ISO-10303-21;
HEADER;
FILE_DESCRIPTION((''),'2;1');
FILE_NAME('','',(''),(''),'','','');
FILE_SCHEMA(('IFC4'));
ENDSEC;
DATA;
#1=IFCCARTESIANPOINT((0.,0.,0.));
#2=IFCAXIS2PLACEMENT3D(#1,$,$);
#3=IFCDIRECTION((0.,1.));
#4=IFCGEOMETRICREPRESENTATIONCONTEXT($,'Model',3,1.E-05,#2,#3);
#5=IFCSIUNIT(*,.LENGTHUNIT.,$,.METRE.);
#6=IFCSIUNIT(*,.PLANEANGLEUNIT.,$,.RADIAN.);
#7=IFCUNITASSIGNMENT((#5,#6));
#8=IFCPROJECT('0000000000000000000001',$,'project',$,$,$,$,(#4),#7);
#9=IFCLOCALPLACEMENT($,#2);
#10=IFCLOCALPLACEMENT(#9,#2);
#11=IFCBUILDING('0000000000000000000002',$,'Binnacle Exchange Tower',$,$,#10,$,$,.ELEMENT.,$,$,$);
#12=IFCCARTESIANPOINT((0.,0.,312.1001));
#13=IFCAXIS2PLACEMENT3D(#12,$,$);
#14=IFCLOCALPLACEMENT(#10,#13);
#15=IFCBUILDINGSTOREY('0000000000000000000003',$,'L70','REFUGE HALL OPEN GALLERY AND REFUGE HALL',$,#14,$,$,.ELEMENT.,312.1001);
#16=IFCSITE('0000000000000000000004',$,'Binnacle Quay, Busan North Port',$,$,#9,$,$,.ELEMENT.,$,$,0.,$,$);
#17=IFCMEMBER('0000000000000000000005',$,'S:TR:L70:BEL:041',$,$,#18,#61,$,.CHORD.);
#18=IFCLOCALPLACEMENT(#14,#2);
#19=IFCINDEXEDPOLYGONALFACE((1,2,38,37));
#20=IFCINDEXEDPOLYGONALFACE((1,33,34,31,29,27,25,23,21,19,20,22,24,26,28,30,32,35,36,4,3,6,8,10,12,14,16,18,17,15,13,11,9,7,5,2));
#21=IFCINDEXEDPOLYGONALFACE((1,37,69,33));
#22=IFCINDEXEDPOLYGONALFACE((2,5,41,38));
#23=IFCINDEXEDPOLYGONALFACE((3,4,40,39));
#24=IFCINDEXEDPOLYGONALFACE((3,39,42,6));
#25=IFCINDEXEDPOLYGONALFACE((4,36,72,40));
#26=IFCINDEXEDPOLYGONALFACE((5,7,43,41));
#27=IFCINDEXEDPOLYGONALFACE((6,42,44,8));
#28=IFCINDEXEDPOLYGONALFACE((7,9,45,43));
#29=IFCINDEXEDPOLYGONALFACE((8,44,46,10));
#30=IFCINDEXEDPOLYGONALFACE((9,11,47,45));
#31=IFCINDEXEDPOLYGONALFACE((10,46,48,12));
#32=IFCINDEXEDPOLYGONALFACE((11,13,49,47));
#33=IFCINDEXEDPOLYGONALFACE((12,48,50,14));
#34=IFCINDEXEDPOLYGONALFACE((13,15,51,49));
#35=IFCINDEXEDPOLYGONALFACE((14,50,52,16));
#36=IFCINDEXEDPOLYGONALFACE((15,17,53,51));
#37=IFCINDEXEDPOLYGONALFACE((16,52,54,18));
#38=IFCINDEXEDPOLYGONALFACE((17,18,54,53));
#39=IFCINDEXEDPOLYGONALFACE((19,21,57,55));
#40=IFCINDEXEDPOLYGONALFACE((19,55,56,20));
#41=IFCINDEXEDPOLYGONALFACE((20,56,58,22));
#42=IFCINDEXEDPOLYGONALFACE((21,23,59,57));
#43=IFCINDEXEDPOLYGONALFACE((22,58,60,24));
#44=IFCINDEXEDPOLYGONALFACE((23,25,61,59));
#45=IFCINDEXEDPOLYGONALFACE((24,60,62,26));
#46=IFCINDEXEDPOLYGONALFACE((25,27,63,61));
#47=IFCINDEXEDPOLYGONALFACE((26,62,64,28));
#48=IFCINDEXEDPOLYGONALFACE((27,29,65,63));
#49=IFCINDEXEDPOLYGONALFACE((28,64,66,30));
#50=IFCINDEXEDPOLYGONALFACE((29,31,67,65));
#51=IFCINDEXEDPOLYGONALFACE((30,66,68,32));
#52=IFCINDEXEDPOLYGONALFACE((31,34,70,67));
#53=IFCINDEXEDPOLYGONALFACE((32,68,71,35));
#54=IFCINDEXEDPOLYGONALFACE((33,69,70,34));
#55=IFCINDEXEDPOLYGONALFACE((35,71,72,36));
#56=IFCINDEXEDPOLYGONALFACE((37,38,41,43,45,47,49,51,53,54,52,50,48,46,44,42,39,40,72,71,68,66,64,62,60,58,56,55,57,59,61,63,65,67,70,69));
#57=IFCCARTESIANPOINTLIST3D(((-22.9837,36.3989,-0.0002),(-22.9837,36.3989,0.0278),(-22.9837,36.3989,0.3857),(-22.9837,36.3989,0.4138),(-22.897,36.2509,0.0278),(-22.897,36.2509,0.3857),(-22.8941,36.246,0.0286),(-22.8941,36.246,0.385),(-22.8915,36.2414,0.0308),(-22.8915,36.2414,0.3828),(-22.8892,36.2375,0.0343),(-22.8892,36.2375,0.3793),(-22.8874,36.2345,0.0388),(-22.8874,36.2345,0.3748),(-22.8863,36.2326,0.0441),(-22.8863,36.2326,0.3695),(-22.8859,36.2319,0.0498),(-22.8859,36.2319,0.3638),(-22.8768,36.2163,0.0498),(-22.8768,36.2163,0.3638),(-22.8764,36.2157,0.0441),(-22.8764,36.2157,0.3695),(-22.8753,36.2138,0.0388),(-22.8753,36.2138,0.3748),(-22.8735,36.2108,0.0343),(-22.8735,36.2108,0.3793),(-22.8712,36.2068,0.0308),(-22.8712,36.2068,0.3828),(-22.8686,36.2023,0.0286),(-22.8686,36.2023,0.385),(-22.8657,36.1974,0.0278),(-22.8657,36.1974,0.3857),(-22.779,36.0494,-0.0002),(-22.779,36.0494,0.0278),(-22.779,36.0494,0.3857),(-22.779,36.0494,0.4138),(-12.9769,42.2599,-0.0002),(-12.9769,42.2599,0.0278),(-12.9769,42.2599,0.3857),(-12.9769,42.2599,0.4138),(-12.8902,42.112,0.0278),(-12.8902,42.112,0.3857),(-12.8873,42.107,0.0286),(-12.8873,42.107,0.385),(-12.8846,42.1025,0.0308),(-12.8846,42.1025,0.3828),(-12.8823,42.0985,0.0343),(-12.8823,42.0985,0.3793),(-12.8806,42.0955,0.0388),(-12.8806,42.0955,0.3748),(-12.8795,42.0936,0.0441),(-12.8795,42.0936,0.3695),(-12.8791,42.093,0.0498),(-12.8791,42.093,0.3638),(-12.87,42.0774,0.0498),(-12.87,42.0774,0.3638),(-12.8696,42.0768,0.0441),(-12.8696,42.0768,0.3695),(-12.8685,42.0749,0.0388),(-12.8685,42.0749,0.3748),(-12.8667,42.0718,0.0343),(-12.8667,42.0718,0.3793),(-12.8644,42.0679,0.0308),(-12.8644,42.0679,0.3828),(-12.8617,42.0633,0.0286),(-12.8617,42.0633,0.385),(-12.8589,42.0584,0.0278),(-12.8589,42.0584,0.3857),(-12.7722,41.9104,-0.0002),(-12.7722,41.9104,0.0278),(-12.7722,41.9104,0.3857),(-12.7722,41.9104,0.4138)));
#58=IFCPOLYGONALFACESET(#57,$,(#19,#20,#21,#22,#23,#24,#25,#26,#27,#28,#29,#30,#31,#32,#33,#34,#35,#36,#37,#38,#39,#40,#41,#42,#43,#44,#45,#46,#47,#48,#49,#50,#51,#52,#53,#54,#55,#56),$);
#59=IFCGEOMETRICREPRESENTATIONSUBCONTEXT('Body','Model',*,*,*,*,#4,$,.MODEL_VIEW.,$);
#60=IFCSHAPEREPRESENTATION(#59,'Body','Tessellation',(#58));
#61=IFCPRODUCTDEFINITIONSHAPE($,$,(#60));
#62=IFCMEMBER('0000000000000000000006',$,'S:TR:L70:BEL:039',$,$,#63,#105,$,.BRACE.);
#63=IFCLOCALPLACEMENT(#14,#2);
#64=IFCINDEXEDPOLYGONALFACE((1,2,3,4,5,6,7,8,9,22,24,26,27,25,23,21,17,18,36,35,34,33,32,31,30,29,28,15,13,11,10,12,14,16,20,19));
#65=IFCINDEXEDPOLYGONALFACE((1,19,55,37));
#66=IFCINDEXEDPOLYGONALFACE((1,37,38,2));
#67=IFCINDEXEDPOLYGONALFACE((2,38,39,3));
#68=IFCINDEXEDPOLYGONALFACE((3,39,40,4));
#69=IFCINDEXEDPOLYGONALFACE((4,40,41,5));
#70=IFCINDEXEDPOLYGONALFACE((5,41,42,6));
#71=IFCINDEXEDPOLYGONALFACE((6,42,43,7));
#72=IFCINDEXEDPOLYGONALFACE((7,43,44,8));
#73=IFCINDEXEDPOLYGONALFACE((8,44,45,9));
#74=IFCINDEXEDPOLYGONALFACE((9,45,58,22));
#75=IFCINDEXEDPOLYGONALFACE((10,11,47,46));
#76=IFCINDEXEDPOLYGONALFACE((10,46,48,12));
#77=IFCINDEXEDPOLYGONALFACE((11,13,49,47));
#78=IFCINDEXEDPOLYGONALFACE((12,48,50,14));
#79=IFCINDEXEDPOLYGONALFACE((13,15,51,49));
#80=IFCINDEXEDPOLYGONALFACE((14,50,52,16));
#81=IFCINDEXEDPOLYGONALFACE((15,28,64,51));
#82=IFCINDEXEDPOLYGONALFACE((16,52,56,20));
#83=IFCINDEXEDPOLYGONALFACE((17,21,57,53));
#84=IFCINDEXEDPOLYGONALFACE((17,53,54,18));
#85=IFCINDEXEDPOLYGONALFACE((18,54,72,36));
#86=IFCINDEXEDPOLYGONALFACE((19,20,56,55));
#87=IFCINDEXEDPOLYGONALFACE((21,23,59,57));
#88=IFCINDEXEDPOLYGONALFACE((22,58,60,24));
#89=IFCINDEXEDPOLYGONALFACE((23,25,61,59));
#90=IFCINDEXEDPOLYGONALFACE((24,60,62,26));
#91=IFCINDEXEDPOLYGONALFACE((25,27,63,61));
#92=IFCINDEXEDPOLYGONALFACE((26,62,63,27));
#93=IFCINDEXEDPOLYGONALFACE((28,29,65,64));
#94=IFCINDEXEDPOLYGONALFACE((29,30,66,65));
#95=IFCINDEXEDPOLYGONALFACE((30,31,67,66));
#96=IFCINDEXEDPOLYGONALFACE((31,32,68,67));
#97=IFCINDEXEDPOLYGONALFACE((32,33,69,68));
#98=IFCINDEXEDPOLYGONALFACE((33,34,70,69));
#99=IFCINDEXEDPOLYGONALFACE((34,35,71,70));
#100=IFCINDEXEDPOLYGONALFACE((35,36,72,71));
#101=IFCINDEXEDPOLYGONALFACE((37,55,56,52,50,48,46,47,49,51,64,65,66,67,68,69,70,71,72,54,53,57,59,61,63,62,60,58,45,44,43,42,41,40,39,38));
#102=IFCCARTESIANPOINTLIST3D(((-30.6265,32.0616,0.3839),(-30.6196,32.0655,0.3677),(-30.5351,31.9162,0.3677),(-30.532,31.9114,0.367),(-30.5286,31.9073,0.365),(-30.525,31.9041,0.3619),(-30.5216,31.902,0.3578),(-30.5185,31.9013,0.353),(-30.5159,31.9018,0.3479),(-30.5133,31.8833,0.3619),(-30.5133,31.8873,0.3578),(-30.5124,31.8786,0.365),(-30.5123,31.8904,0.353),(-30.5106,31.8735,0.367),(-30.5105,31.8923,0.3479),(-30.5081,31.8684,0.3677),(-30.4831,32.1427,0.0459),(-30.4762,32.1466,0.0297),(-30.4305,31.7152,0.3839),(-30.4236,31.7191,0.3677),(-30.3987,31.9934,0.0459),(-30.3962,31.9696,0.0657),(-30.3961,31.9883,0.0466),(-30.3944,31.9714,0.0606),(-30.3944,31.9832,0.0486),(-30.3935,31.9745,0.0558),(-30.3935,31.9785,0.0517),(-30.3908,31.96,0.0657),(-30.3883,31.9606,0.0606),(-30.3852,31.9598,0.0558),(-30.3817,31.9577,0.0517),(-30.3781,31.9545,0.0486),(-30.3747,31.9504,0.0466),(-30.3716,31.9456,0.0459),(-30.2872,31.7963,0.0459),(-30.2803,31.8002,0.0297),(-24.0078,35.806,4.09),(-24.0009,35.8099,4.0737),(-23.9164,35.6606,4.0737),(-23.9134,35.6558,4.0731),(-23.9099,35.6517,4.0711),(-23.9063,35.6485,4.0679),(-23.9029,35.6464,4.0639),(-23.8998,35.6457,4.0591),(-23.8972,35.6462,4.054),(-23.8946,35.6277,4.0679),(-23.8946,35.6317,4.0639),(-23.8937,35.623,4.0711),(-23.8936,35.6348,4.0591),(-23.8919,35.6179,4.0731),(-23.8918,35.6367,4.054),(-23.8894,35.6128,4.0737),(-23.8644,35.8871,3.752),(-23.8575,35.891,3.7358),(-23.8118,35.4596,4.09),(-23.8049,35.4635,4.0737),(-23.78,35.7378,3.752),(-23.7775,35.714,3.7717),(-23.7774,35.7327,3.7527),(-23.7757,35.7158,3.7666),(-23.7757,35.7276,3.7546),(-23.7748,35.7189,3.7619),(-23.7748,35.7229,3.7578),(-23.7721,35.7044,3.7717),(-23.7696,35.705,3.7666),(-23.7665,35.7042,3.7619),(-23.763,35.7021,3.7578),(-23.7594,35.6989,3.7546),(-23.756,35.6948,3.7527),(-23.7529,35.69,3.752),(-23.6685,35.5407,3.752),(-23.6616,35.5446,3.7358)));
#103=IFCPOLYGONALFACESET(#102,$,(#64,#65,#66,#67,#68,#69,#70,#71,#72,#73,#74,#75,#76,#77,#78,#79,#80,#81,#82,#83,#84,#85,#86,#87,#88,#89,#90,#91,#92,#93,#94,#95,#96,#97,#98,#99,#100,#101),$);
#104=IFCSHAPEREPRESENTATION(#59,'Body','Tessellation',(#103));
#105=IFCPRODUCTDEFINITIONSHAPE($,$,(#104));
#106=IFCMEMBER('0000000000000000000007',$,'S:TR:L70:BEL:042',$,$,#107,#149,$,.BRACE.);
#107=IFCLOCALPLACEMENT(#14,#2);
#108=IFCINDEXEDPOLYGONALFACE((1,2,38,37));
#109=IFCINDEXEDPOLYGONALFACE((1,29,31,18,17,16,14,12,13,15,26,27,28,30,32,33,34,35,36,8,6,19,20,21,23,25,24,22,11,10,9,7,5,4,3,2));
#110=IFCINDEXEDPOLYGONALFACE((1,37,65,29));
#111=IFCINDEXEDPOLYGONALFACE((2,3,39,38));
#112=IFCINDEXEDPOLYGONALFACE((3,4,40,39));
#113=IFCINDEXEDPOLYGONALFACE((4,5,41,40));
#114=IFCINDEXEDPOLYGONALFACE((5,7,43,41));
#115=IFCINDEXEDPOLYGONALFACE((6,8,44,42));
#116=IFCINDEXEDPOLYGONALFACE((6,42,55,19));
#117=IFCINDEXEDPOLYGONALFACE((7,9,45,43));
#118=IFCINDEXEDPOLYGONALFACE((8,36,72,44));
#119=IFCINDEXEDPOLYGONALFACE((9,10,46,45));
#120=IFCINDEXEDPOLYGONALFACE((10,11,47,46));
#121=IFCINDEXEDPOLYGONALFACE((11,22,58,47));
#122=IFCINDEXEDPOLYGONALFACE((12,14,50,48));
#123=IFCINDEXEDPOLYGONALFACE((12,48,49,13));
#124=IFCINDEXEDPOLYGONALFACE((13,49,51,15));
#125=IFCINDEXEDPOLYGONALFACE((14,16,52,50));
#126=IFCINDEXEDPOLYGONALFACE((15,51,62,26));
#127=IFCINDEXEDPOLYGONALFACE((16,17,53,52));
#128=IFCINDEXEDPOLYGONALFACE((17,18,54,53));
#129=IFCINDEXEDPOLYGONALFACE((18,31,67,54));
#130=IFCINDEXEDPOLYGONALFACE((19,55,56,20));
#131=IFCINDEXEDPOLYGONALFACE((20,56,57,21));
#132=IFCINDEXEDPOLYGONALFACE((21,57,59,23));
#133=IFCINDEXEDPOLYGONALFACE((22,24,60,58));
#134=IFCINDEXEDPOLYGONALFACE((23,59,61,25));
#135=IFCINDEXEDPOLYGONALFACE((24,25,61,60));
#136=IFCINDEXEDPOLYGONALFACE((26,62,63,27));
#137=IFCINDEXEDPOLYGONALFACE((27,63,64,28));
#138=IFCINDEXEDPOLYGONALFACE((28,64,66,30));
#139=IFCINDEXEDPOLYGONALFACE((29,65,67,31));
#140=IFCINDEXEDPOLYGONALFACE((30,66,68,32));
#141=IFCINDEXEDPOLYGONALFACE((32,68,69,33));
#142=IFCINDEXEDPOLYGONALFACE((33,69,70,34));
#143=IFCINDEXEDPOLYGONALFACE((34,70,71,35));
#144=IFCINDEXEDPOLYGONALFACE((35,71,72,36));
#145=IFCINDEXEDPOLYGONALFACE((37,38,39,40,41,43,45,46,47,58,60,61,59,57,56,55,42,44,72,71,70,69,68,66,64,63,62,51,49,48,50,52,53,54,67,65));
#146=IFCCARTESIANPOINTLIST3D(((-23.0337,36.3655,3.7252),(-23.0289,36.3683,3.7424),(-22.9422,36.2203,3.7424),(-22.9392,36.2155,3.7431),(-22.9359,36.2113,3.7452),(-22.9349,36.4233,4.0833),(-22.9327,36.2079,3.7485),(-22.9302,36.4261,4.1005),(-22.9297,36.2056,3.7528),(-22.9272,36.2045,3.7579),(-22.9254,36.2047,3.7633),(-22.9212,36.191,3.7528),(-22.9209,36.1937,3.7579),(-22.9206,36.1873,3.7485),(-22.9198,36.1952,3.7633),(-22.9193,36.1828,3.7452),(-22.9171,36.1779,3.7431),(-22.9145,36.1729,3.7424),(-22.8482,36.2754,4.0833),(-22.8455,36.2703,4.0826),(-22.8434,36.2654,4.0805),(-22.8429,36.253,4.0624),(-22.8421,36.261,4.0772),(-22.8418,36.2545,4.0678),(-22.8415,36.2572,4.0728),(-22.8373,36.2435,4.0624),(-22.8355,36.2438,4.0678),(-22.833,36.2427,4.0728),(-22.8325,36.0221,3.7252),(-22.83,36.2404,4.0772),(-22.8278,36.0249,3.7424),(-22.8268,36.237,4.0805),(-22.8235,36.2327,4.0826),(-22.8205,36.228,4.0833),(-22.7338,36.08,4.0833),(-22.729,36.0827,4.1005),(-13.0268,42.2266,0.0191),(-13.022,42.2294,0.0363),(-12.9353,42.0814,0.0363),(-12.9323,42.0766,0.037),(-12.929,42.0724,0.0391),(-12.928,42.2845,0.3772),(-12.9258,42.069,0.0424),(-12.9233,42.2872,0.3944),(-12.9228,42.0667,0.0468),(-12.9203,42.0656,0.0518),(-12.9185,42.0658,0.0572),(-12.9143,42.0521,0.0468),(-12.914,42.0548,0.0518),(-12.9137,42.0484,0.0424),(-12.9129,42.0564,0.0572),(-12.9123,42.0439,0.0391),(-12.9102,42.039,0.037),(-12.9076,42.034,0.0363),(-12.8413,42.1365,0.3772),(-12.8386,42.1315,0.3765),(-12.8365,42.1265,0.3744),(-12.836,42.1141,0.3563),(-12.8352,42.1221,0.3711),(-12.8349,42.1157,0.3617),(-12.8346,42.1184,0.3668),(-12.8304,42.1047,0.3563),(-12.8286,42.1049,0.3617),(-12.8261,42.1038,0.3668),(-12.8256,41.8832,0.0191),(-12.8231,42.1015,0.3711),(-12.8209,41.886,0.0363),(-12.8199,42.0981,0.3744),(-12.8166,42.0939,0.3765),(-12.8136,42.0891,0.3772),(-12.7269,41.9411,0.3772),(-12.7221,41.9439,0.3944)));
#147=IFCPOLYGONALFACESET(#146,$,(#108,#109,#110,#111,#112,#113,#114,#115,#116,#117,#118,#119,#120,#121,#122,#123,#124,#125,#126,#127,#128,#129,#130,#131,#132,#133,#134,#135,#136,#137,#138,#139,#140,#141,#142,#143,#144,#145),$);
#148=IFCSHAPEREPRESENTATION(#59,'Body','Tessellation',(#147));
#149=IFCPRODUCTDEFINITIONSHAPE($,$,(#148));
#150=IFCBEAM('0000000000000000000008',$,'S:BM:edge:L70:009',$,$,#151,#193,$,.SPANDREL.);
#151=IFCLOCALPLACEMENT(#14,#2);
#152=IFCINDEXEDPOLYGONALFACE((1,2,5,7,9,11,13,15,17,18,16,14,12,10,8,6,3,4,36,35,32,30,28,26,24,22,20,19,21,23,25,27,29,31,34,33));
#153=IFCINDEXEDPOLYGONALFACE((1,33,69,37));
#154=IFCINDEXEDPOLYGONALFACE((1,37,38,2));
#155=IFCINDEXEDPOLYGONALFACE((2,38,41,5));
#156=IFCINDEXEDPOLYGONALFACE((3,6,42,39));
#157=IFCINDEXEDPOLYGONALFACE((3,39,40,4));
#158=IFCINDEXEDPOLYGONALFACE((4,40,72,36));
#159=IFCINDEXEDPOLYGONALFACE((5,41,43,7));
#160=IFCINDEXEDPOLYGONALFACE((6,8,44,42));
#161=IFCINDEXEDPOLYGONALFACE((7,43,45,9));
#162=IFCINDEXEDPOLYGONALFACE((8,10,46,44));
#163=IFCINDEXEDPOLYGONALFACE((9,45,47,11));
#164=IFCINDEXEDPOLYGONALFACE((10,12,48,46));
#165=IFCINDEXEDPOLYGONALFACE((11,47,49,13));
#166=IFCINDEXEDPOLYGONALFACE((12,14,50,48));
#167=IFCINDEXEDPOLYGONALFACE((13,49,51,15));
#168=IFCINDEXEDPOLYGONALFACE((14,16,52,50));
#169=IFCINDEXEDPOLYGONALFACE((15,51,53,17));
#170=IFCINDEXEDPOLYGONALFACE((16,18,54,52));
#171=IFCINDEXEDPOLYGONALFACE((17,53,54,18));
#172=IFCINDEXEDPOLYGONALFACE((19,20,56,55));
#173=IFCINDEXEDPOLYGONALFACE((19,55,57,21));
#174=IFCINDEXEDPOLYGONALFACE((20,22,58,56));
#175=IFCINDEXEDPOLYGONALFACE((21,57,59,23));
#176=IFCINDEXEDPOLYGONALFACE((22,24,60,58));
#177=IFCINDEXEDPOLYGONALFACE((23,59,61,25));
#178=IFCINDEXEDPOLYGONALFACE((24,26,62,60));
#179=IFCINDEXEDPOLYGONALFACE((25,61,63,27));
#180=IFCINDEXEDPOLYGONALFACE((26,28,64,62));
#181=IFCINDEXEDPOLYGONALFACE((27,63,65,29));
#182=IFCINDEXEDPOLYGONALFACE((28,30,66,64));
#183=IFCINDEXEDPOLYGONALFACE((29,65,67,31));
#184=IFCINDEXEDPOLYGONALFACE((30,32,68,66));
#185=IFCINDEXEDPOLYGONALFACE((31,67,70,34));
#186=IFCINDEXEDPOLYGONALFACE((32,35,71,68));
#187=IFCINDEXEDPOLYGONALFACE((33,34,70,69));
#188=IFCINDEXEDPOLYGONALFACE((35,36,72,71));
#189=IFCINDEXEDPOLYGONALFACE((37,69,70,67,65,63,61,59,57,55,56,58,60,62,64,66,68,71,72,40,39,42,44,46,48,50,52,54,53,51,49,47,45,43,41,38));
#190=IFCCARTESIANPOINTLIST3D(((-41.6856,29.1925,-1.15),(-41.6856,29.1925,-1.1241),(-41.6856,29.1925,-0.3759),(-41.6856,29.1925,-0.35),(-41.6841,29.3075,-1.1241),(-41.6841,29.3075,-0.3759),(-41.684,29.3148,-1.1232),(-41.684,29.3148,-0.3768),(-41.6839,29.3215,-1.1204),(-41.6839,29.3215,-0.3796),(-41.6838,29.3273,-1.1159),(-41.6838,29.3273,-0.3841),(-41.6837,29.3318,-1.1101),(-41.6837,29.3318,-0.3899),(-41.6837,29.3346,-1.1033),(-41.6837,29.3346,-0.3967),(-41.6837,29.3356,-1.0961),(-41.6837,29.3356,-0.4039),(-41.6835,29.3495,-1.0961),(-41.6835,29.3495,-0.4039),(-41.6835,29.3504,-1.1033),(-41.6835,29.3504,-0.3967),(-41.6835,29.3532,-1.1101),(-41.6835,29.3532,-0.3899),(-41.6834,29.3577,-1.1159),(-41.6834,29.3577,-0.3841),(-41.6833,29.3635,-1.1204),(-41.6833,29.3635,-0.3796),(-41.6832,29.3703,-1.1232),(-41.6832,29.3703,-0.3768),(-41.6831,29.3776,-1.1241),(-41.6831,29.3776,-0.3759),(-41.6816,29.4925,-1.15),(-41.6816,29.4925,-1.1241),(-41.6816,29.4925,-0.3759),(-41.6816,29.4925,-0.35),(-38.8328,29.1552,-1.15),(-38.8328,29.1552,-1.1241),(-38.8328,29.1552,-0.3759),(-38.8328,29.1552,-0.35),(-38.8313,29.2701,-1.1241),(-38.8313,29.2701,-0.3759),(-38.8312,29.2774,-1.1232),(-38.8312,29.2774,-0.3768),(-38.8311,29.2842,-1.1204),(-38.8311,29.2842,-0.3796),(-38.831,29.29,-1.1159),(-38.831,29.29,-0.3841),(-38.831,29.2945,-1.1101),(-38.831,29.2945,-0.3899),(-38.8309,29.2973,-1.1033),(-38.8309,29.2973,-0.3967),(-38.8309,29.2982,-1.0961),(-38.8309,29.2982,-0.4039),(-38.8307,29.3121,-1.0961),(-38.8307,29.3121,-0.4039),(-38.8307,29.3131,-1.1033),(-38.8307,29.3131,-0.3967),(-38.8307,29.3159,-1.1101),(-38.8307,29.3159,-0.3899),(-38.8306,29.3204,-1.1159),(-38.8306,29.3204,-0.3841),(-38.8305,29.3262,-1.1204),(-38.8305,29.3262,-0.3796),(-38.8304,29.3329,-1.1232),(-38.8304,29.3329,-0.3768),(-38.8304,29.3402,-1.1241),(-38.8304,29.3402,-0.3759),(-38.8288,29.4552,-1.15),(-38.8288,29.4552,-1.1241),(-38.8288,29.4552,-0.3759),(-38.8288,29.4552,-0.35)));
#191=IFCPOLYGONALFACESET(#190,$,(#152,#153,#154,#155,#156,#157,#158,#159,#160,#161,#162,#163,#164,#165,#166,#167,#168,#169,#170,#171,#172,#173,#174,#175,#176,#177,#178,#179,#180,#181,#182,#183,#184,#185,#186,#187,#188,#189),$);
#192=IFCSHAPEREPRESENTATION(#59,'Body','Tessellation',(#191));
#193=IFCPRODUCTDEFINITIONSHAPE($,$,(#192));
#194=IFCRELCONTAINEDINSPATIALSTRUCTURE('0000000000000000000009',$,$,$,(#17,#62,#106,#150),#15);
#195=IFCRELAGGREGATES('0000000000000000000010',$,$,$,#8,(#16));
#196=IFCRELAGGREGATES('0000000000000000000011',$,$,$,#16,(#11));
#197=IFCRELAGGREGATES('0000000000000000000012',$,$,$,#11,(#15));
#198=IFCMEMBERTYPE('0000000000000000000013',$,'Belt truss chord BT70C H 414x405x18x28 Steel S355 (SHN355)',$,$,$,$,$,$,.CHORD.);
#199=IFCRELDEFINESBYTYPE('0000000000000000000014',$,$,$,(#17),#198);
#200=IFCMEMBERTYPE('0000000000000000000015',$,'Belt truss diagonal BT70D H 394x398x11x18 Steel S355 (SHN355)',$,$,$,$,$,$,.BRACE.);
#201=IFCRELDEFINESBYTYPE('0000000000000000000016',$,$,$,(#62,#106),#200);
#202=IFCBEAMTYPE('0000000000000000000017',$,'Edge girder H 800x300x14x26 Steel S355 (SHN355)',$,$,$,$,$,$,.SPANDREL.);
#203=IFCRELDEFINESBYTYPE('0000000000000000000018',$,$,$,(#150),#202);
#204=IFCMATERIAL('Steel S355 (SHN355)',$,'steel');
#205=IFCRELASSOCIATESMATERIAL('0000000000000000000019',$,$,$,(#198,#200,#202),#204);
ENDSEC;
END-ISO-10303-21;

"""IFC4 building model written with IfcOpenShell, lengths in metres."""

from ifc_helpers import new_model, si_unit, direction, frame, origin, origin_2d, place, context, subcontext, project, spatial, i_section, extrude, material, material_profile, profile_set, type_object, element, save


model = new_model("IFC4")

# Units and contexts
model_context = context("Model", 3, precision=1e-05, world=origin(), true_north=direction((0.0, 1.0)))
body_context = subcontext(model_context, "Body", "Model", "MODEL_VIEW")
ifc_project = project(units=[si_unit("LENGTHUNIT", "METRE"), si_unit("PLANEANGLEUNIT", "RADIAN")], contexts=[model_context])

# Site, building, storey
site_placement = place(None, origin())
site = spatial("IfcSite", under=ifc_project, at=site_placement, Name="Binnacle Quay, Busan North Port", CompositionType="ELEMENT", RefElevation=0.0)
building_placement = place(site_placement, origin())
building = spatial("IfcBuilding", under=site, at=building_placement, Name="Binnacle Exchange Tower", CompositionType="ELEMENT")
storey_placement = place(building_placement, frame((0.0, 0.0, 312.1001)))
storey = spatial("IfcBuildingStorey", under=building, at=storey_placement, Name="L70", Description="REFUGE HALL OPEN GALLERY AND REFUGE HALL", CompositionType="ELEMENT", Elevation=312.1001)

# Members
ifc_material_1 = material(Name="Steel S355 (SHN355)", Category="steel")
ifc_material_profile_1 = material_profile(ifc_material_1, i_section(OverallWidth=0.405, OverallDepth=0.4141, WebThickness=0.0181, FlangeThickness=0.0281, FilletRadius=0.022, at=origin_2d()), Name="H 414x405x18x28")
ifc_profile_set_1 = profile_set([ifc_material_profile_1], Name="Steel S355 (SHN355)")
member_type_1 = type_object("IfcMemberType", Name="Belt truss chord BT70C H 414x405x18x28 Steel S355 (SHN355)", PredefinedType="CHORD", material=ifc_profile_set_1)
for number, where, z_axis, x_axis, name in (
    (1, (-22.8813, 36.2241, 0.2068), (0.862886, 0.505399, 0.0), (-0.505399, 0.862886, 0.0), "S:TR:L70:BEL:041"),
):
    element("IfcMember", number, at=place(storey_placement, frame(where, z_axis=z_axis, x_axis=x_axis)), inside=storey, type_object=member_type_1, Name=name, PredefinedType="CHORD", context=body_context, shape_type="SweptSolid", body=[
        extrude(i_section(OverallWidth=0.405, OverallDepth=0.4141, WebThickness=0.0181, FlangeThickness=0.0281, FilletRadius=0.022, at=origin_2d()), origin(), (0.0, 0.0, 1.0), 11.5969),
    ])
ifc_material_profile_2 = material_profile(ifc_material_1, i_section(OverallWidth=0.3979, OverallDepth=0.394, WebThickness=0.011, FlangeThickness=0.0181, FilletRadius=0.022, at=origin_2d()), Name="H 394x398x11x18")
ifc_profile_set_2 = profile_set([ifc_material_profile_2], Name="Steel S355 (SHN355)")
member_type_2 = type_object("IfcMemberType", Name="Belt truss diagonal BT70D H 394x398x11x18 Steel S355 (SHN355)", PredefinedType="BRACE", material=ifc_profile_set_2)
member_1_placement = place(storey_placement, frame((-30.4534, 31.9309, 0.2068), z_axis=(0.7824, 0.442629, 0.438098), x_axis=(-0.492397, 0.870371, 0.0)))
element("IfcMember", 2, at=member_1_placement, inside=storey, type_object=member_type_2, Name="S:TR:L70:BEL:039", PredefinedType="BRACE", context=body_context, shape_type="SweptSolid", body=[
    extrude(i_section(OverallWidth=0.3979, OverallDepth=0.394, WebThickness=0.011, FlangeThickness=0.0181, FilletRadius=0.022, at=origin_2d()), origin(), (0.0, 0.0, 1.0), 8.4595),
])
member_2_placement = place(storey_placement, frame((-22.8813, 36.2241, 3.9128), z_axis=(0.821935, 0.481414, -0.304406), x_axis=(-0.505399, 0.862886, 0.0)))
element("IfcMember", 3, at=member_2_placement, inside=storey, type_object=member_type_2, Name="S:TR:L70:BEL:042", PredefinedType="BRACE", context=body_context, shape_type="SweptSolid", body=[
    extrude(i_section(OverallWidth=0.3979, OverallDepth=0.394, WebThickness=0.011, FlangeThickness=0.0181, FilletRadius=0.022, at=origin_2d()), origin(), (0.0, 0.0, 1.0), 12.1748),
])

# Beam
ifc_material_profile_3 = material_profile(ifc_material_1, i_section(OverallWidth=0.3, OverallDepth=0.8, WebThickness=0.0139, FlangeThickness=0.0259, FilletRadius=0.0281, at=origin_2d()), Name="H 800x300x14x26")
ifc_profile_set_3 = profile_set([ifc_material_profile_3], Name="Steel S355 (SHN355)")
beam_type_1 = type_object("IfcBeamType", Name="Edge girder H 800x300x14x26 Steel S355 (SHN355)", PredefinedType="SPANDREL", material=ifc_profile_set_3)
beam_1_placement = place(storey_placement, frame((-38.8308, 29.3052, -0.75), z_axis=(-0.999914, 0.013093, 0.0), x_axis=(-0.013093, -0.999914, 0.0)))
element("IfcBeam", 4, at=beam_1_placement, inside=storey, type_object=beam_type_1, Name="S:BM:edge:L70:009", PredefinedType="SPANDREL", context=body_context, shape_type="SweptSolid", body=[
    extrude(i_section(OverallWidth=0.3, OverallDepth=0.8, WebThickness=0.0139, FlangeThickness=0.0259, FilletRadius=0.0281, at=origin_2d()), origin(), (0.0, 0.0, 1.0), 2.853),
])

save(model, "model.ifc")
